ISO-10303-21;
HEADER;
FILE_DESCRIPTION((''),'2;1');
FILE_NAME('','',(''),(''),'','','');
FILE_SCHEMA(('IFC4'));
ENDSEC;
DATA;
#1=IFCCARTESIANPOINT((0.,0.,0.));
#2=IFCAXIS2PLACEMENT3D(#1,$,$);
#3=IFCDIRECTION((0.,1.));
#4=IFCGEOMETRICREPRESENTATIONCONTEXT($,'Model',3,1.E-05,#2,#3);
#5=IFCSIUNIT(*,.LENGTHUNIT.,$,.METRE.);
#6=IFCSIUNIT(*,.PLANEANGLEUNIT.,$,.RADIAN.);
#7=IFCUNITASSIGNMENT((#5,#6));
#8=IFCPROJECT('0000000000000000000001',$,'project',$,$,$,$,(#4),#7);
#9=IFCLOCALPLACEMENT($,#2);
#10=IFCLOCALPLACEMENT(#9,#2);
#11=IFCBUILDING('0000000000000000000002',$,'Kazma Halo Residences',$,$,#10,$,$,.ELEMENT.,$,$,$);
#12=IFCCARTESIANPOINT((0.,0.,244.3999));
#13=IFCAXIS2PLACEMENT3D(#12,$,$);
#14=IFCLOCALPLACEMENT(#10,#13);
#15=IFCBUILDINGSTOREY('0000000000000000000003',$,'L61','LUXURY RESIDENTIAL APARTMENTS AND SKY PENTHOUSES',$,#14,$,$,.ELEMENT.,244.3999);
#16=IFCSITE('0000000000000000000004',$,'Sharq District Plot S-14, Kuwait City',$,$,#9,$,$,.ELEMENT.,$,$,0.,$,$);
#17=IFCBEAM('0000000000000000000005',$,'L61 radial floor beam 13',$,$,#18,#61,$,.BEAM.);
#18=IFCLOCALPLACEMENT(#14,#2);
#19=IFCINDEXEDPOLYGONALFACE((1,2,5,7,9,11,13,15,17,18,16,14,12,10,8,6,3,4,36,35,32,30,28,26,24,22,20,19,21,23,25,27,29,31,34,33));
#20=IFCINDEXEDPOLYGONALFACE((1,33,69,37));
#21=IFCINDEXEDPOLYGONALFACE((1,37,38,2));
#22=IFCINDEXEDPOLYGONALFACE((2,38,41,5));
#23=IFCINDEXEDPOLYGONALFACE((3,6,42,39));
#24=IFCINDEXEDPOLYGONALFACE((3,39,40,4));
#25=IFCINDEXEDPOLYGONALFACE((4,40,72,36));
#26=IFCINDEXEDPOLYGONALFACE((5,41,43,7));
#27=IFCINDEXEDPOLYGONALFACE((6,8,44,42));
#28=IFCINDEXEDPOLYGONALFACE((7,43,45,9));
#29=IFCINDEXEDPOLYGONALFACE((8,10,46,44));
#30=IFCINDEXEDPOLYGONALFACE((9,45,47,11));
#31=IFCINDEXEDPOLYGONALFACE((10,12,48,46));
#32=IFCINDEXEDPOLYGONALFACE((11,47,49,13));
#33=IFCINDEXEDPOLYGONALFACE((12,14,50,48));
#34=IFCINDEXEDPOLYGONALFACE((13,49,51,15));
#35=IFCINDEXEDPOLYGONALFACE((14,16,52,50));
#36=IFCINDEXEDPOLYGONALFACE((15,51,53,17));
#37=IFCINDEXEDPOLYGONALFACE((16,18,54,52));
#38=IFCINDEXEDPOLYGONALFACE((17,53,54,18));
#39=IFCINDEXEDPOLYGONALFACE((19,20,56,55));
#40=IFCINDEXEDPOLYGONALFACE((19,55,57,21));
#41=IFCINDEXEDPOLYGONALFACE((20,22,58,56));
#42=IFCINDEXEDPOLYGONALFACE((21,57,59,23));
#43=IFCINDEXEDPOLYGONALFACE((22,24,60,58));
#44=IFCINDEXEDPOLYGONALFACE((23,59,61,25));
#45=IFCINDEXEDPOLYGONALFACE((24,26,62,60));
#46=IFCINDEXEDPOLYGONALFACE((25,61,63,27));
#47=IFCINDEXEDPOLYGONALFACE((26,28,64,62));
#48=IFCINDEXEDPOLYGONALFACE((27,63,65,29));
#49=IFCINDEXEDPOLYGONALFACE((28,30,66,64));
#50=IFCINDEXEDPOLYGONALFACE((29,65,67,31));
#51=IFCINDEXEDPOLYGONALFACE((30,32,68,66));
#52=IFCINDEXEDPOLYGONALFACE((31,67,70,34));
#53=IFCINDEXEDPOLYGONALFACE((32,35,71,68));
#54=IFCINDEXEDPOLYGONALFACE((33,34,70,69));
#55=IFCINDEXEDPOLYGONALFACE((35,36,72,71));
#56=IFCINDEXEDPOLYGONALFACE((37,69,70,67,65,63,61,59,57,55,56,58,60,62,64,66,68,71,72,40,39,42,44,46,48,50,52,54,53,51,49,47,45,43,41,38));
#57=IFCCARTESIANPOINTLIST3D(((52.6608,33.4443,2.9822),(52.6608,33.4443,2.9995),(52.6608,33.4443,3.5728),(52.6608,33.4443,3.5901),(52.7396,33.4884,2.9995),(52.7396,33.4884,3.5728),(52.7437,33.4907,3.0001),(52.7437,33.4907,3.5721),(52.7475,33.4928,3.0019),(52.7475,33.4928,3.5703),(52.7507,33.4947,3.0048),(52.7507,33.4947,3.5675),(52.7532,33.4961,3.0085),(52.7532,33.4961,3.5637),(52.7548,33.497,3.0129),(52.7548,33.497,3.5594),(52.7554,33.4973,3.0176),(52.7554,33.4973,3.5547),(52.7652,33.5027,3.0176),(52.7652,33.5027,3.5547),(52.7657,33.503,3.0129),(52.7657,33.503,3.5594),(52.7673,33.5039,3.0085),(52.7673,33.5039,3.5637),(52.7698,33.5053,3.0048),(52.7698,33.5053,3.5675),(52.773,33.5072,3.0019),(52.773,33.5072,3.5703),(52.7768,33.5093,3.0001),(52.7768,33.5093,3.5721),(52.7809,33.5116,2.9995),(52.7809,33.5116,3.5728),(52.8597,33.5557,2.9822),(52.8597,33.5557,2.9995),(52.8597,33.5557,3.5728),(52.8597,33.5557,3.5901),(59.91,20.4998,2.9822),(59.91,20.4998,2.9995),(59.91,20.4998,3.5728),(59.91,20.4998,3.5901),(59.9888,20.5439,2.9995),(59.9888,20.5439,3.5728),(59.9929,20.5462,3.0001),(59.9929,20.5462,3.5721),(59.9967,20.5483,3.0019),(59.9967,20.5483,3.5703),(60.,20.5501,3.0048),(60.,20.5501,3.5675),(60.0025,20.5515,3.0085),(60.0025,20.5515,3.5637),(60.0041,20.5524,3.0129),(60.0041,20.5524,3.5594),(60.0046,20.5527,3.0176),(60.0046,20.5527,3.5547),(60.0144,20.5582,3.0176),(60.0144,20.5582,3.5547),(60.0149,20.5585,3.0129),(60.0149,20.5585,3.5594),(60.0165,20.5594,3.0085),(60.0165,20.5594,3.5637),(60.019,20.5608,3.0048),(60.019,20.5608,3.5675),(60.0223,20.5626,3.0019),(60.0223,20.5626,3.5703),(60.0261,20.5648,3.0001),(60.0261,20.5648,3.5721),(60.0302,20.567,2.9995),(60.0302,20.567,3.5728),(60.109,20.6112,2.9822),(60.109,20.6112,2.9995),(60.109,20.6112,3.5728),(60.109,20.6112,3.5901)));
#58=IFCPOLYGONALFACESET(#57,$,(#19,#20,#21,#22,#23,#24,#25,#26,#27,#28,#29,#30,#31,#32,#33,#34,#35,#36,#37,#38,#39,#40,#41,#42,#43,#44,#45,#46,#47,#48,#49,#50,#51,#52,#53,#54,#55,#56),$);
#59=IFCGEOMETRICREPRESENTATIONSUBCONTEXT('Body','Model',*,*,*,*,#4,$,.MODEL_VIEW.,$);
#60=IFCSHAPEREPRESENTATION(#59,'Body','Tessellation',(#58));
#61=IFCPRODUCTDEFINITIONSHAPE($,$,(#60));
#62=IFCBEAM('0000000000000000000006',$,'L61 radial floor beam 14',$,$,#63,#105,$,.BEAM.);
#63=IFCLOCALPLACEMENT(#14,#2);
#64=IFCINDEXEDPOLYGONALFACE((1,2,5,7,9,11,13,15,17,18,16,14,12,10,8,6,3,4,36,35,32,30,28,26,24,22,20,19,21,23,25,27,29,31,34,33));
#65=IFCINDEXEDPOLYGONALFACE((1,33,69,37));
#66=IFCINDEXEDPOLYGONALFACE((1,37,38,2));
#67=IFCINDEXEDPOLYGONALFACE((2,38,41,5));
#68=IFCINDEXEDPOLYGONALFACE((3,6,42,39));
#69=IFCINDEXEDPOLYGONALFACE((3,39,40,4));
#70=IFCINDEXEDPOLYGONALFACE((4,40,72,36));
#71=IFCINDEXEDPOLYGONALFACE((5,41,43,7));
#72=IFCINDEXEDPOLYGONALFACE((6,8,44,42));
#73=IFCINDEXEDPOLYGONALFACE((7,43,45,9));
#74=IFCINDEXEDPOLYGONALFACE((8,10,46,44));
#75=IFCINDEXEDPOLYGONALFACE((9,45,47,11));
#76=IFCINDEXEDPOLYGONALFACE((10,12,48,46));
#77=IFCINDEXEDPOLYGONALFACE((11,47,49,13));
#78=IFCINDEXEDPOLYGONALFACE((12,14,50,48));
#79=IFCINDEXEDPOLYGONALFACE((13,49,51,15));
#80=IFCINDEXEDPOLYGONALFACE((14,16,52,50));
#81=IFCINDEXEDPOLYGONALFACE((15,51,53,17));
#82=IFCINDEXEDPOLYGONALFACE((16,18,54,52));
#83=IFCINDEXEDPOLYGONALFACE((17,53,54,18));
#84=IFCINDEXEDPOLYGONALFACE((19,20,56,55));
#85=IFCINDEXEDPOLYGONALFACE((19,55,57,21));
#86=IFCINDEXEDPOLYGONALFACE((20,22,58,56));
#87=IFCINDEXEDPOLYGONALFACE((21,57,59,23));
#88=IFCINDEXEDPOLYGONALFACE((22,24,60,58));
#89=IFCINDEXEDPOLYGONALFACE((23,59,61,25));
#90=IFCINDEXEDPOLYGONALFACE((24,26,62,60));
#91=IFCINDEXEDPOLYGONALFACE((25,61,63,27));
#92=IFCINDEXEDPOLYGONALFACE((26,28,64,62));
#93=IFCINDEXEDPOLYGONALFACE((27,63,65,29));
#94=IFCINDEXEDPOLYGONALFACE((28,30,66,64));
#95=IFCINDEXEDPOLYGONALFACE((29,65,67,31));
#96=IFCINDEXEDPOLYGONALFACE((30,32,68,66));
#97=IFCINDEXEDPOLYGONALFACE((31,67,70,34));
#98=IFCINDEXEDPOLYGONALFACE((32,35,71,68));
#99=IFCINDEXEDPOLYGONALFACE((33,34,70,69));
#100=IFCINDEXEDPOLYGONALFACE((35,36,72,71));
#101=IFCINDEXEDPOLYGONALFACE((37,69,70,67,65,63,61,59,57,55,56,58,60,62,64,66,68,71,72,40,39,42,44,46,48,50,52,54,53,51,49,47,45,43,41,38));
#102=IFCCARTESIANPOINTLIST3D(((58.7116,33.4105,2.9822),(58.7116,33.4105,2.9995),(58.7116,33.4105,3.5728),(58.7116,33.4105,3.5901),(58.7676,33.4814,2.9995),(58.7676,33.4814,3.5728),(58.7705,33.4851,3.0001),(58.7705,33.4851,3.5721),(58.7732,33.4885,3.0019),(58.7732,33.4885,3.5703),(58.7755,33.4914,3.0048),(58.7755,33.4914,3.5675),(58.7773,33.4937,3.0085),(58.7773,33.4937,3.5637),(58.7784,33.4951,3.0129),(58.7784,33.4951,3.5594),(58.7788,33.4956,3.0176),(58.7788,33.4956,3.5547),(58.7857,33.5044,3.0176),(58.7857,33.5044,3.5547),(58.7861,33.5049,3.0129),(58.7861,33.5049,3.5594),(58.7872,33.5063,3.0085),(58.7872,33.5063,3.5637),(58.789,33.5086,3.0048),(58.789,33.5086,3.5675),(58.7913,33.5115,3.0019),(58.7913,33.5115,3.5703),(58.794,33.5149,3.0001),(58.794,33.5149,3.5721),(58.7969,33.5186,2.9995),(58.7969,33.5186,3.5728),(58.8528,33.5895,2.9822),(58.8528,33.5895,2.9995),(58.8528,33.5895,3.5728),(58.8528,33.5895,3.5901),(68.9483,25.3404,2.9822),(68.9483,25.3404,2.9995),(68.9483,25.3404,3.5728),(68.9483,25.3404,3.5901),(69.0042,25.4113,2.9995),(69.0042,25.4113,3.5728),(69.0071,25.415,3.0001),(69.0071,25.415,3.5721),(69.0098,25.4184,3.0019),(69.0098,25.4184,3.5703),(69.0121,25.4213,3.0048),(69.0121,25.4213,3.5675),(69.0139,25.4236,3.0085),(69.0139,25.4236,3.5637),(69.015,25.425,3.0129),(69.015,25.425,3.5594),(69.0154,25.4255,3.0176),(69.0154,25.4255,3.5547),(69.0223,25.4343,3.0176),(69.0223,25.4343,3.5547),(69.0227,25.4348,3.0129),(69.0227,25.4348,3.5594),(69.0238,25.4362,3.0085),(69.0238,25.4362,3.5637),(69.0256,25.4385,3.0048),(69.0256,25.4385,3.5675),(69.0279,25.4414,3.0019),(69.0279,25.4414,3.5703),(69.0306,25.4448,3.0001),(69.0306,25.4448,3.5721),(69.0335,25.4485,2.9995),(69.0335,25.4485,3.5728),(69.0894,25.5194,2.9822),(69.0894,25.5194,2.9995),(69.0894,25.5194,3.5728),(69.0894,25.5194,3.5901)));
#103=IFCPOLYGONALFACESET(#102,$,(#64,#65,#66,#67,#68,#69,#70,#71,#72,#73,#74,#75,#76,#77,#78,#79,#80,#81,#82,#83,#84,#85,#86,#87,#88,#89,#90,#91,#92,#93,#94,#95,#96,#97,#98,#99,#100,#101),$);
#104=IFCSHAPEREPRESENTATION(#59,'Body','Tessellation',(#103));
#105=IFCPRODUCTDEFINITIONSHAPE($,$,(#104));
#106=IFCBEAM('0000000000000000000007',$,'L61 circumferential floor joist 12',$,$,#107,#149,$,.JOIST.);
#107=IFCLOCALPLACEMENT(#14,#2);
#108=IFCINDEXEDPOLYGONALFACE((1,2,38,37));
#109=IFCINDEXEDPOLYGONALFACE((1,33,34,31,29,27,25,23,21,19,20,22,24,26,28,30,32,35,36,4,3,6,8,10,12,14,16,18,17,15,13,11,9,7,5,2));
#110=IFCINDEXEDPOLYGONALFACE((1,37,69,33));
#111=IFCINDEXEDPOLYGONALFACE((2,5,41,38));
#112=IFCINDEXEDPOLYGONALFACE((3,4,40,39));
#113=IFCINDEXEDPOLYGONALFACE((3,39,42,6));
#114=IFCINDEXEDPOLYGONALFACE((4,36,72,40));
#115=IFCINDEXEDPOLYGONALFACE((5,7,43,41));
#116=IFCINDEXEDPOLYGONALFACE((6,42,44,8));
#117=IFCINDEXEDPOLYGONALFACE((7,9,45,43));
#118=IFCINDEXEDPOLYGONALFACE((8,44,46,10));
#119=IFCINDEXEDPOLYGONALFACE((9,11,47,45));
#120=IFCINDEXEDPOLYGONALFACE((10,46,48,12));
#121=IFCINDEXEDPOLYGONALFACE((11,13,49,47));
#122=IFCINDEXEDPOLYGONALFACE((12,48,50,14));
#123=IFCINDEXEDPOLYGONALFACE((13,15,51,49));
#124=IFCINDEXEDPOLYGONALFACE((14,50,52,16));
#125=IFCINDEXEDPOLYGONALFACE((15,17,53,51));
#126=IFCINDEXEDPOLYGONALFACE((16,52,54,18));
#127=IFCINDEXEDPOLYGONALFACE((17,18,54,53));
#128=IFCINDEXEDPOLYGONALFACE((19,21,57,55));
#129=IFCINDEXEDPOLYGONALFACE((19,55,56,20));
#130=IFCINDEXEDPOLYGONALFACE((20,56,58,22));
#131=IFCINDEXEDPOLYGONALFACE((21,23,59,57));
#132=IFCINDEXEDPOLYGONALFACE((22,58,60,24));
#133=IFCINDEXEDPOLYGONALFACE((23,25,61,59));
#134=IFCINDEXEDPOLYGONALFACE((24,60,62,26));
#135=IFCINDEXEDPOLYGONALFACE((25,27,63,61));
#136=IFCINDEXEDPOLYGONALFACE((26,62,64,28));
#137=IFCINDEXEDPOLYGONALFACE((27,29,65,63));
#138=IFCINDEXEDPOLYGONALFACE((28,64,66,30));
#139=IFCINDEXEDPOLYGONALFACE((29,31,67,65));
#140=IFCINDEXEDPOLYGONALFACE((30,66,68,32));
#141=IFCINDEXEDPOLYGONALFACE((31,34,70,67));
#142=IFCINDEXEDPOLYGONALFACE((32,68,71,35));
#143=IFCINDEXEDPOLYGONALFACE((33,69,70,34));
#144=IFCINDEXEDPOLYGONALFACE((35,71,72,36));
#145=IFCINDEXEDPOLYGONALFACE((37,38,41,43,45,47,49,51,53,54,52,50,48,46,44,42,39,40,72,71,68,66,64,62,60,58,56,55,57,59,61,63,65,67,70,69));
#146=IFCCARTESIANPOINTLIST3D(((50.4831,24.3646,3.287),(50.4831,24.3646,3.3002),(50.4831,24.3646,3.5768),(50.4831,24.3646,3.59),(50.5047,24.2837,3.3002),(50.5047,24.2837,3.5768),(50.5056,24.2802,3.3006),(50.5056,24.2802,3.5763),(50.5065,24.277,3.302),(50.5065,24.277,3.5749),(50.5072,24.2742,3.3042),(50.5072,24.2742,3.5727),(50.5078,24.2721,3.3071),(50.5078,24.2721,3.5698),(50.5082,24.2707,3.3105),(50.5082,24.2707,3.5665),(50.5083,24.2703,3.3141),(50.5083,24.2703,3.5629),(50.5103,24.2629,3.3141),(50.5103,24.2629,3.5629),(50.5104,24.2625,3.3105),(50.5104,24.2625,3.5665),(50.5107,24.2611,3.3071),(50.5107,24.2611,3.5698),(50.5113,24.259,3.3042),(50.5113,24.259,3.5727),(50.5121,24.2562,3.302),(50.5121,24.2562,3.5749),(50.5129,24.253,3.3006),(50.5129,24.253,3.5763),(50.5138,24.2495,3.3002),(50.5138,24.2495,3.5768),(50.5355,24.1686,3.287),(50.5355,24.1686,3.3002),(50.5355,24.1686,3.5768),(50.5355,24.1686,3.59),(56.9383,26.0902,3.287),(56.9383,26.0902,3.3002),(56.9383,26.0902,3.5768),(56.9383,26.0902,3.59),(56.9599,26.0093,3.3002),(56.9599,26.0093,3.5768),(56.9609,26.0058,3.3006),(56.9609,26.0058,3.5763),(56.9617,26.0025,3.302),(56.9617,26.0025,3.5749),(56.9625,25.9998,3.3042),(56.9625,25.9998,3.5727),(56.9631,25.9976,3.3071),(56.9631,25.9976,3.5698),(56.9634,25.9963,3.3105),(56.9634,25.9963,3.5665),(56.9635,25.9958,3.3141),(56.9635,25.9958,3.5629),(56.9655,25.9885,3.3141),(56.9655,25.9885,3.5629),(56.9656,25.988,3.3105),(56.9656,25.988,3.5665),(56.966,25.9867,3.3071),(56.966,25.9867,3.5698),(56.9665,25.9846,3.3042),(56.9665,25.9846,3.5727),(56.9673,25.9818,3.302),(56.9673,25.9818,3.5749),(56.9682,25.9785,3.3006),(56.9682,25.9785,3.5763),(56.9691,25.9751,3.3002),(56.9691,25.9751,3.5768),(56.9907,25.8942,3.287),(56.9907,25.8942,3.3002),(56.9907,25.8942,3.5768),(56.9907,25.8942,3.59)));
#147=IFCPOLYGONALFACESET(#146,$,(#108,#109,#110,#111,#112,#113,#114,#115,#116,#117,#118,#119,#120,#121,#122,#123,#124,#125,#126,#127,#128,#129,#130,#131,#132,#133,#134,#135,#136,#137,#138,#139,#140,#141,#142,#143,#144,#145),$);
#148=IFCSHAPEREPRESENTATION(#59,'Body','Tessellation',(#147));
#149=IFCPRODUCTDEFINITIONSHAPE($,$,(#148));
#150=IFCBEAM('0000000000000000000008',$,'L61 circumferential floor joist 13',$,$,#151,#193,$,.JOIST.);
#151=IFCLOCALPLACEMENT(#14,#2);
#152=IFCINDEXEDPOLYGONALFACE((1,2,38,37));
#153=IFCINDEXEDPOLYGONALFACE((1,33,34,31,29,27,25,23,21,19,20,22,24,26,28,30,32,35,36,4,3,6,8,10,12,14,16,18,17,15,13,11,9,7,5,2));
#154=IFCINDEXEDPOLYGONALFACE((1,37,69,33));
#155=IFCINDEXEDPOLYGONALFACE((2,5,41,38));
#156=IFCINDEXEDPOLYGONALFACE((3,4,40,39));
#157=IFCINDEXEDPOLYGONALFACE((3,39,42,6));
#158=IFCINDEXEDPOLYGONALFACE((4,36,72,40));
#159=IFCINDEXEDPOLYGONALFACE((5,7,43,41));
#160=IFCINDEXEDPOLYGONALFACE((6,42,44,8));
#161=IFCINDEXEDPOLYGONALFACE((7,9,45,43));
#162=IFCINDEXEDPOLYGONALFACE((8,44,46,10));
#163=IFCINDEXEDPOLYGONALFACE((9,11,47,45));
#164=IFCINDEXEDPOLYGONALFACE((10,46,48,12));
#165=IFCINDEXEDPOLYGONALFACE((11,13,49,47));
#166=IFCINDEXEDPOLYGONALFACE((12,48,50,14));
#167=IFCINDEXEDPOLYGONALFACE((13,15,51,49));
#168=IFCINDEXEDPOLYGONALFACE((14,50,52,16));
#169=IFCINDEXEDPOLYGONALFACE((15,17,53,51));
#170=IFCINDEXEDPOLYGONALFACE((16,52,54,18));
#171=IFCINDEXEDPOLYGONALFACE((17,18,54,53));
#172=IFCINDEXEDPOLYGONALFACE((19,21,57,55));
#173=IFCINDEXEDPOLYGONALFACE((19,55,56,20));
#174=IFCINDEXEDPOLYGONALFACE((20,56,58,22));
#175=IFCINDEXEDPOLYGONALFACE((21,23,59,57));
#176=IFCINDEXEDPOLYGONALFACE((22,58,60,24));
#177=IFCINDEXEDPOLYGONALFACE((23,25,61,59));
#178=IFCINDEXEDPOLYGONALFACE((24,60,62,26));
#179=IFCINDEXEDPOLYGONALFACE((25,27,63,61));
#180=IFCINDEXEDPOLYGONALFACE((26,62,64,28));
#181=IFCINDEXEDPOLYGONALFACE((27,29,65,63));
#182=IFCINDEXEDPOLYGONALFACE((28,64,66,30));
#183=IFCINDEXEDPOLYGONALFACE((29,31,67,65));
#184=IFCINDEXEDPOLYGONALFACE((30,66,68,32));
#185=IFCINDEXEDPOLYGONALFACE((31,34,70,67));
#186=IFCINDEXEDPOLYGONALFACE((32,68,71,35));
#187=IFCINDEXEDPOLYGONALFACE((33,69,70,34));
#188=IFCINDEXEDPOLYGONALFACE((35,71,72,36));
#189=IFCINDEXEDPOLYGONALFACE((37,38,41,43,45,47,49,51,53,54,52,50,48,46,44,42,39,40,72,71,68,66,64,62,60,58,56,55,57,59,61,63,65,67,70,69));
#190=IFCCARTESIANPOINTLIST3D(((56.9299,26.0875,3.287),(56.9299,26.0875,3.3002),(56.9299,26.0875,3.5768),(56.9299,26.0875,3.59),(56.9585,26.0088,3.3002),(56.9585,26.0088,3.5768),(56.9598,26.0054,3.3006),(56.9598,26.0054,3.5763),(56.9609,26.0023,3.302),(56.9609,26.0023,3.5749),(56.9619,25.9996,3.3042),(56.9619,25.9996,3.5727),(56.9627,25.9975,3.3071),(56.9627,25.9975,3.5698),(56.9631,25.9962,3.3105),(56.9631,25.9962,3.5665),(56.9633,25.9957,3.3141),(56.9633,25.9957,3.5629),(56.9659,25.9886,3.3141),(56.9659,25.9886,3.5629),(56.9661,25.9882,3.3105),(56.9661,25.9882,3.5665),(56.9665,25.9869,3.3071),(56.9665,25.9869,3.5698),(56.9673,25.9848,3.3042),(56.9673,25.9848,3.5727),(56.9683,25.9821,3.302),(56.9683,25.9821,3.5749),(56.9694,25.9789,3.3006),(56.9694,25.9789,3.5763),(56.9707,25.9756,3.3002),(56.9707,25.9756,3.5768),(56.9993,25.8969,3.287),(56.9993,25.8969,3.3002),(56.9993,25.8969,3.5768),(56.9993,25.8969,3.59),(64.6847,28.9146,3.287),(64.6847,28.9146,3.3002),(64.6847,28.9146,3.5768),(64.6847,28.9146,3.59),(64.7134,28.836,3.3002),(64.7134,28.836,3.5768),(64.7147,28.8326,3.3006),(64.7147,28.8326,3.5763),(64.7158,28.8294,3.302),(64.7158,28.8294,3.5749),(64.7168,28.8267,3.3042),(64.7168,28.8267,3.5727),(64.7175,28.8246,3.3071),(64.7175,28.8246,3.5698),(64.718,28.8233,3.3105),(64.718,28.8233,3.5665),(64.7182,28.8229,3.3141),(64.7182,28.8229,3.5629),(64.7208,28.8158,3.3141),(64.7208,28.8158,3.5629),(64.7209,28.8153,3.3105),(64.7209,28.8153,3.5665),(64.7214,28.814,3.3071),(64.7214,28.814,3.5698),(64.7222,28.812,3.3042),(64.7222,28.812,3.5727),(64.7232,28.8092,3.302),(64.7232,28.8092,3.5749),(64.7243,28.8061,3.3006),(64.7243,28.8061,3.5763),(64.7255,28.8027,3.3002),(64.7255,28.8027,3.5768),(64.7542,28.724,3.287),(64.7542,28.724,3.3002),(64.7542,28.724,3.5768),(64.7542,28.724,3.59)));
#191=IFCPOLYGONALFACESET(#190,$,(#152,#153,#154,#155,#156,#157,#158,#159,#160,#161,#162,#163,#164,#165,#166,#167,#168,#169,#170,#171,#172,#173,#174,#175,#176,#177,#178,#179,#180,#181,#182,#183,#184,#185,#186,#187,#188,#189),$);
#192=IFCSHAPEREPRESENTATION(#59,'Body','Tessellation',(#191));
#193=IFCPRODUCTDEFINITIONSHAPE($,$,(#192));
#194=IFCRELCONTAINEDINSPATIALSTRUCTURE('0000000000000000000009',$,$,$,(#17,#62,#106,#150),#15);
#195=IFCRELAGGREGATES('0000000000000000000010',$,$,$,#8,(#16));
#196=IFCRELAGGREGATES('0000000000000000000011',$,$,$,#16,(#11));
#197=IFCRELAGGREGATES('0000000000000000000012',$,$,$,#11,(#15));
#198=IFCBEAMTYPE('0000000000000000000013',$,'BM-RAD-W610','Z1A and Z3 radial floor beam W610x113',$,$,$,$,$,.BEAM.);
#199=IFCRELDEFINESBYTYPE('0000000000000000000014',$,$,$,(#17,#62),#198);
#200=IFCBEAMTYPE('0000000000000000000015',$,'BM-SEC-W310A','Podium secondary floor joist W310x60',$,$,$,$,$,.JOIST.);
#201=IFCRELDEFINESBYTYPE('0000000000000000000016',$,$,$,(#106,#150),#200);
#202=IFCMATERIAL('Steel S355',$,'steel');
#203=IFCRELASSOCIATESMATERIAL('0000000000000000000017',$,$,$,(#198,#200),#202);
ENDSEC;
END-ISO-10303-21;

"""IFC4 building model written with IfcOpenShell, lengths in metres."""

from ifc_helpers import new_model, si_unit, direction, frame, origin, origin_2d, place, context, subcontext, project, spatial, i_section, extrude, material, material_profile, profile_set, type_object, element, save


model = new_model("IFC4")

# Units and contexts
model_context = context("Model", 3, precision=1e-05, world=origin(), true_north=direction((0.0, 1.0)))
body_context = subcontext(model_context, "Body", "Model", "MODEL_VIEW")
ifc_project = project(units=[si_unit("LENGTHUNIT", "METRE"), si_unit("PLANEANGLEUNIT", "RADIAN")], contexts=[model_context])

# Site, building, storey
site_placement = place(None, origin())
site = spatial("IfcSite", under=ifc_project, at=site_placement, Name="Sharq District Plot S-14, Kuwait City", CompositionType="ELEMENT", RefElevation=0.0)
building_placement = place(site_placement, origin())
building = spatial("IfcBuilding", under=site, at=building_placement, Name="Kazma Halo Residences", CompositionType="ELEMENT")
storey_placement = place(building_placement, frame((0.0, 0.0, 244.3999)))
storey = spatial("IfcBuildingStorey", under=building, at=storey_placement, Name="L61", Description="LUXURY RESIDENTIAL APARTMENTS AND SKY PENTHOUSES", CompositionType="ELEMENT", Elevation=244.3999)

# Beams
ifc_material_1 = material(Name="Steel S355", Category="steel")
ifc_material_profile_1 = material_profile(ifc_material_1, i_section(OverallWidth=0.228, OverallDepth=0.6079, WebThickness=0.0112, FlangeThickness=0.0173, FilletRadius=0.0181, at=origin_2d()), Name="W610x113")
ifc_profile_set_1 = profile_set([ifc_material_profile_1], Name="Steel S355")
beam_type_1 = type_object("IfcBeamType", Name="BM-RAD-W610", Description="Z1A and Z3 radial floor beam W610x113", PredefinedType="BEAM", material=ifc_profile_set_1)
beam_1_placement = place(storey_placement, frame((52.7603, 33.5, 3.2861), z_axis=(0.488619, -0.872497, 0.0), x_axis=(0.872497, 0.488619, 0.0)))
element("IfcBeam", 1, at=beam_1_placement, inside=storey, type_object=beam_type_1, Name="L61 radial floor beam 13", PredefinedType="BEAM", context=body_context, shape_type="SweptSolid", body=[
    extrude(i_section(OverallWidth=0.228, OverallDepth=0.6079, WebThickness=0.0112, FlangeThickness=0.0173, FilletRadius=0.0181, at=origin_2d()), origin(), (0.0, 0.0, 1.0), 14.8362),
])
beam_2_placement = place(storey_placement, frame((58.7822, 33.5, 3.2861), z_axis=(0.785309, -0.619104, 0.0), x_axis=(0.619104, 0.785309, 0.0)))
element("IfcBeam", 2, at=beam_2_placement, inside=storey, type_object=beam_type_1, Name="L61 radial floor beam 14", PredefinedType="BEAM", context=body_context, shape_type="SweptSolid", body=[
    extrude(i_section(OverallWidth=0.228, OverallDepth=0.6079, WebThickness=0.0112, FlangeThickness=0.0173, FilletRadius=0.0181, at=origin_2d()), origin(), (0.0, 0.0, 1.0), 13.0352),
])
ifc_material_profile_2 = material_profile(ifc_material_1, i_section(OverallWidth=0.2029, OverallDepth=0.303, WebThickness=0.0076, FlangeThickness=0.0132, FilletRadius=0.0139, at=origin_2d()), Name="W310x60")
ifc_profile_set_2 = profile_set([ifc_material_profile_2], Name="Steel S355")
beam_type_2 = type_object("IfcBeamType", Name="BM-SEC-W310A", Description="Podium secondary floor joist W310x60", PredefinedType="JOIST", material=ifc_profile_set_2)
beam_3_placement = place(storey_placement, frame((50.5093, 24.2666, 3.4385), z_axis=(0.96608, 0.258245, 0.0), x_axis=(-0.258245, 0.96608, 0.0)))
element("IfcBeam", 3, at=beam_3_placement, inside=storey, type_object=beam_type_2, Name="L61 circumferential floor joist 12", PredefinedType="JOIST", context=body_context, shape_type="SweptSolid", body=[
    extrude(i_section(OverallWidth=0.2029, OverallDepth=0.303, WebThickness=0.0076, FlangeThickness=0.0132, FilletRadius=0.0139, at=origin_2d()), origin(), (0.0, 0.0, 1.0), 6.6819),
])
beam_4_placement = place(storey_placement, frame((56.9646, 25.9922, 3.4385), z_axis=(0.939513, 0.342512, 0.0), x_axis=(-0.342512, 0.939513, 0.0)))
element("IfcBeam", 4, at=beam_4_placement, inside=storey, type_object=beam_type_2, Name="L61 circumferential floor joist 13", PredefinedType="JOIST", context=body_context, shape_type="SweptSolid", body=[
    extrude(i_section(OverallWidth=0.2029, OverallDepth=0.303, WebThickness=0.0076, FlangeThickness=0.0132, FilletRadius=0.0139, at=origin_2d()), origin(), (0.0, 0.0, 1.0), 8.2542),
])

save(model, "model.ifc")
